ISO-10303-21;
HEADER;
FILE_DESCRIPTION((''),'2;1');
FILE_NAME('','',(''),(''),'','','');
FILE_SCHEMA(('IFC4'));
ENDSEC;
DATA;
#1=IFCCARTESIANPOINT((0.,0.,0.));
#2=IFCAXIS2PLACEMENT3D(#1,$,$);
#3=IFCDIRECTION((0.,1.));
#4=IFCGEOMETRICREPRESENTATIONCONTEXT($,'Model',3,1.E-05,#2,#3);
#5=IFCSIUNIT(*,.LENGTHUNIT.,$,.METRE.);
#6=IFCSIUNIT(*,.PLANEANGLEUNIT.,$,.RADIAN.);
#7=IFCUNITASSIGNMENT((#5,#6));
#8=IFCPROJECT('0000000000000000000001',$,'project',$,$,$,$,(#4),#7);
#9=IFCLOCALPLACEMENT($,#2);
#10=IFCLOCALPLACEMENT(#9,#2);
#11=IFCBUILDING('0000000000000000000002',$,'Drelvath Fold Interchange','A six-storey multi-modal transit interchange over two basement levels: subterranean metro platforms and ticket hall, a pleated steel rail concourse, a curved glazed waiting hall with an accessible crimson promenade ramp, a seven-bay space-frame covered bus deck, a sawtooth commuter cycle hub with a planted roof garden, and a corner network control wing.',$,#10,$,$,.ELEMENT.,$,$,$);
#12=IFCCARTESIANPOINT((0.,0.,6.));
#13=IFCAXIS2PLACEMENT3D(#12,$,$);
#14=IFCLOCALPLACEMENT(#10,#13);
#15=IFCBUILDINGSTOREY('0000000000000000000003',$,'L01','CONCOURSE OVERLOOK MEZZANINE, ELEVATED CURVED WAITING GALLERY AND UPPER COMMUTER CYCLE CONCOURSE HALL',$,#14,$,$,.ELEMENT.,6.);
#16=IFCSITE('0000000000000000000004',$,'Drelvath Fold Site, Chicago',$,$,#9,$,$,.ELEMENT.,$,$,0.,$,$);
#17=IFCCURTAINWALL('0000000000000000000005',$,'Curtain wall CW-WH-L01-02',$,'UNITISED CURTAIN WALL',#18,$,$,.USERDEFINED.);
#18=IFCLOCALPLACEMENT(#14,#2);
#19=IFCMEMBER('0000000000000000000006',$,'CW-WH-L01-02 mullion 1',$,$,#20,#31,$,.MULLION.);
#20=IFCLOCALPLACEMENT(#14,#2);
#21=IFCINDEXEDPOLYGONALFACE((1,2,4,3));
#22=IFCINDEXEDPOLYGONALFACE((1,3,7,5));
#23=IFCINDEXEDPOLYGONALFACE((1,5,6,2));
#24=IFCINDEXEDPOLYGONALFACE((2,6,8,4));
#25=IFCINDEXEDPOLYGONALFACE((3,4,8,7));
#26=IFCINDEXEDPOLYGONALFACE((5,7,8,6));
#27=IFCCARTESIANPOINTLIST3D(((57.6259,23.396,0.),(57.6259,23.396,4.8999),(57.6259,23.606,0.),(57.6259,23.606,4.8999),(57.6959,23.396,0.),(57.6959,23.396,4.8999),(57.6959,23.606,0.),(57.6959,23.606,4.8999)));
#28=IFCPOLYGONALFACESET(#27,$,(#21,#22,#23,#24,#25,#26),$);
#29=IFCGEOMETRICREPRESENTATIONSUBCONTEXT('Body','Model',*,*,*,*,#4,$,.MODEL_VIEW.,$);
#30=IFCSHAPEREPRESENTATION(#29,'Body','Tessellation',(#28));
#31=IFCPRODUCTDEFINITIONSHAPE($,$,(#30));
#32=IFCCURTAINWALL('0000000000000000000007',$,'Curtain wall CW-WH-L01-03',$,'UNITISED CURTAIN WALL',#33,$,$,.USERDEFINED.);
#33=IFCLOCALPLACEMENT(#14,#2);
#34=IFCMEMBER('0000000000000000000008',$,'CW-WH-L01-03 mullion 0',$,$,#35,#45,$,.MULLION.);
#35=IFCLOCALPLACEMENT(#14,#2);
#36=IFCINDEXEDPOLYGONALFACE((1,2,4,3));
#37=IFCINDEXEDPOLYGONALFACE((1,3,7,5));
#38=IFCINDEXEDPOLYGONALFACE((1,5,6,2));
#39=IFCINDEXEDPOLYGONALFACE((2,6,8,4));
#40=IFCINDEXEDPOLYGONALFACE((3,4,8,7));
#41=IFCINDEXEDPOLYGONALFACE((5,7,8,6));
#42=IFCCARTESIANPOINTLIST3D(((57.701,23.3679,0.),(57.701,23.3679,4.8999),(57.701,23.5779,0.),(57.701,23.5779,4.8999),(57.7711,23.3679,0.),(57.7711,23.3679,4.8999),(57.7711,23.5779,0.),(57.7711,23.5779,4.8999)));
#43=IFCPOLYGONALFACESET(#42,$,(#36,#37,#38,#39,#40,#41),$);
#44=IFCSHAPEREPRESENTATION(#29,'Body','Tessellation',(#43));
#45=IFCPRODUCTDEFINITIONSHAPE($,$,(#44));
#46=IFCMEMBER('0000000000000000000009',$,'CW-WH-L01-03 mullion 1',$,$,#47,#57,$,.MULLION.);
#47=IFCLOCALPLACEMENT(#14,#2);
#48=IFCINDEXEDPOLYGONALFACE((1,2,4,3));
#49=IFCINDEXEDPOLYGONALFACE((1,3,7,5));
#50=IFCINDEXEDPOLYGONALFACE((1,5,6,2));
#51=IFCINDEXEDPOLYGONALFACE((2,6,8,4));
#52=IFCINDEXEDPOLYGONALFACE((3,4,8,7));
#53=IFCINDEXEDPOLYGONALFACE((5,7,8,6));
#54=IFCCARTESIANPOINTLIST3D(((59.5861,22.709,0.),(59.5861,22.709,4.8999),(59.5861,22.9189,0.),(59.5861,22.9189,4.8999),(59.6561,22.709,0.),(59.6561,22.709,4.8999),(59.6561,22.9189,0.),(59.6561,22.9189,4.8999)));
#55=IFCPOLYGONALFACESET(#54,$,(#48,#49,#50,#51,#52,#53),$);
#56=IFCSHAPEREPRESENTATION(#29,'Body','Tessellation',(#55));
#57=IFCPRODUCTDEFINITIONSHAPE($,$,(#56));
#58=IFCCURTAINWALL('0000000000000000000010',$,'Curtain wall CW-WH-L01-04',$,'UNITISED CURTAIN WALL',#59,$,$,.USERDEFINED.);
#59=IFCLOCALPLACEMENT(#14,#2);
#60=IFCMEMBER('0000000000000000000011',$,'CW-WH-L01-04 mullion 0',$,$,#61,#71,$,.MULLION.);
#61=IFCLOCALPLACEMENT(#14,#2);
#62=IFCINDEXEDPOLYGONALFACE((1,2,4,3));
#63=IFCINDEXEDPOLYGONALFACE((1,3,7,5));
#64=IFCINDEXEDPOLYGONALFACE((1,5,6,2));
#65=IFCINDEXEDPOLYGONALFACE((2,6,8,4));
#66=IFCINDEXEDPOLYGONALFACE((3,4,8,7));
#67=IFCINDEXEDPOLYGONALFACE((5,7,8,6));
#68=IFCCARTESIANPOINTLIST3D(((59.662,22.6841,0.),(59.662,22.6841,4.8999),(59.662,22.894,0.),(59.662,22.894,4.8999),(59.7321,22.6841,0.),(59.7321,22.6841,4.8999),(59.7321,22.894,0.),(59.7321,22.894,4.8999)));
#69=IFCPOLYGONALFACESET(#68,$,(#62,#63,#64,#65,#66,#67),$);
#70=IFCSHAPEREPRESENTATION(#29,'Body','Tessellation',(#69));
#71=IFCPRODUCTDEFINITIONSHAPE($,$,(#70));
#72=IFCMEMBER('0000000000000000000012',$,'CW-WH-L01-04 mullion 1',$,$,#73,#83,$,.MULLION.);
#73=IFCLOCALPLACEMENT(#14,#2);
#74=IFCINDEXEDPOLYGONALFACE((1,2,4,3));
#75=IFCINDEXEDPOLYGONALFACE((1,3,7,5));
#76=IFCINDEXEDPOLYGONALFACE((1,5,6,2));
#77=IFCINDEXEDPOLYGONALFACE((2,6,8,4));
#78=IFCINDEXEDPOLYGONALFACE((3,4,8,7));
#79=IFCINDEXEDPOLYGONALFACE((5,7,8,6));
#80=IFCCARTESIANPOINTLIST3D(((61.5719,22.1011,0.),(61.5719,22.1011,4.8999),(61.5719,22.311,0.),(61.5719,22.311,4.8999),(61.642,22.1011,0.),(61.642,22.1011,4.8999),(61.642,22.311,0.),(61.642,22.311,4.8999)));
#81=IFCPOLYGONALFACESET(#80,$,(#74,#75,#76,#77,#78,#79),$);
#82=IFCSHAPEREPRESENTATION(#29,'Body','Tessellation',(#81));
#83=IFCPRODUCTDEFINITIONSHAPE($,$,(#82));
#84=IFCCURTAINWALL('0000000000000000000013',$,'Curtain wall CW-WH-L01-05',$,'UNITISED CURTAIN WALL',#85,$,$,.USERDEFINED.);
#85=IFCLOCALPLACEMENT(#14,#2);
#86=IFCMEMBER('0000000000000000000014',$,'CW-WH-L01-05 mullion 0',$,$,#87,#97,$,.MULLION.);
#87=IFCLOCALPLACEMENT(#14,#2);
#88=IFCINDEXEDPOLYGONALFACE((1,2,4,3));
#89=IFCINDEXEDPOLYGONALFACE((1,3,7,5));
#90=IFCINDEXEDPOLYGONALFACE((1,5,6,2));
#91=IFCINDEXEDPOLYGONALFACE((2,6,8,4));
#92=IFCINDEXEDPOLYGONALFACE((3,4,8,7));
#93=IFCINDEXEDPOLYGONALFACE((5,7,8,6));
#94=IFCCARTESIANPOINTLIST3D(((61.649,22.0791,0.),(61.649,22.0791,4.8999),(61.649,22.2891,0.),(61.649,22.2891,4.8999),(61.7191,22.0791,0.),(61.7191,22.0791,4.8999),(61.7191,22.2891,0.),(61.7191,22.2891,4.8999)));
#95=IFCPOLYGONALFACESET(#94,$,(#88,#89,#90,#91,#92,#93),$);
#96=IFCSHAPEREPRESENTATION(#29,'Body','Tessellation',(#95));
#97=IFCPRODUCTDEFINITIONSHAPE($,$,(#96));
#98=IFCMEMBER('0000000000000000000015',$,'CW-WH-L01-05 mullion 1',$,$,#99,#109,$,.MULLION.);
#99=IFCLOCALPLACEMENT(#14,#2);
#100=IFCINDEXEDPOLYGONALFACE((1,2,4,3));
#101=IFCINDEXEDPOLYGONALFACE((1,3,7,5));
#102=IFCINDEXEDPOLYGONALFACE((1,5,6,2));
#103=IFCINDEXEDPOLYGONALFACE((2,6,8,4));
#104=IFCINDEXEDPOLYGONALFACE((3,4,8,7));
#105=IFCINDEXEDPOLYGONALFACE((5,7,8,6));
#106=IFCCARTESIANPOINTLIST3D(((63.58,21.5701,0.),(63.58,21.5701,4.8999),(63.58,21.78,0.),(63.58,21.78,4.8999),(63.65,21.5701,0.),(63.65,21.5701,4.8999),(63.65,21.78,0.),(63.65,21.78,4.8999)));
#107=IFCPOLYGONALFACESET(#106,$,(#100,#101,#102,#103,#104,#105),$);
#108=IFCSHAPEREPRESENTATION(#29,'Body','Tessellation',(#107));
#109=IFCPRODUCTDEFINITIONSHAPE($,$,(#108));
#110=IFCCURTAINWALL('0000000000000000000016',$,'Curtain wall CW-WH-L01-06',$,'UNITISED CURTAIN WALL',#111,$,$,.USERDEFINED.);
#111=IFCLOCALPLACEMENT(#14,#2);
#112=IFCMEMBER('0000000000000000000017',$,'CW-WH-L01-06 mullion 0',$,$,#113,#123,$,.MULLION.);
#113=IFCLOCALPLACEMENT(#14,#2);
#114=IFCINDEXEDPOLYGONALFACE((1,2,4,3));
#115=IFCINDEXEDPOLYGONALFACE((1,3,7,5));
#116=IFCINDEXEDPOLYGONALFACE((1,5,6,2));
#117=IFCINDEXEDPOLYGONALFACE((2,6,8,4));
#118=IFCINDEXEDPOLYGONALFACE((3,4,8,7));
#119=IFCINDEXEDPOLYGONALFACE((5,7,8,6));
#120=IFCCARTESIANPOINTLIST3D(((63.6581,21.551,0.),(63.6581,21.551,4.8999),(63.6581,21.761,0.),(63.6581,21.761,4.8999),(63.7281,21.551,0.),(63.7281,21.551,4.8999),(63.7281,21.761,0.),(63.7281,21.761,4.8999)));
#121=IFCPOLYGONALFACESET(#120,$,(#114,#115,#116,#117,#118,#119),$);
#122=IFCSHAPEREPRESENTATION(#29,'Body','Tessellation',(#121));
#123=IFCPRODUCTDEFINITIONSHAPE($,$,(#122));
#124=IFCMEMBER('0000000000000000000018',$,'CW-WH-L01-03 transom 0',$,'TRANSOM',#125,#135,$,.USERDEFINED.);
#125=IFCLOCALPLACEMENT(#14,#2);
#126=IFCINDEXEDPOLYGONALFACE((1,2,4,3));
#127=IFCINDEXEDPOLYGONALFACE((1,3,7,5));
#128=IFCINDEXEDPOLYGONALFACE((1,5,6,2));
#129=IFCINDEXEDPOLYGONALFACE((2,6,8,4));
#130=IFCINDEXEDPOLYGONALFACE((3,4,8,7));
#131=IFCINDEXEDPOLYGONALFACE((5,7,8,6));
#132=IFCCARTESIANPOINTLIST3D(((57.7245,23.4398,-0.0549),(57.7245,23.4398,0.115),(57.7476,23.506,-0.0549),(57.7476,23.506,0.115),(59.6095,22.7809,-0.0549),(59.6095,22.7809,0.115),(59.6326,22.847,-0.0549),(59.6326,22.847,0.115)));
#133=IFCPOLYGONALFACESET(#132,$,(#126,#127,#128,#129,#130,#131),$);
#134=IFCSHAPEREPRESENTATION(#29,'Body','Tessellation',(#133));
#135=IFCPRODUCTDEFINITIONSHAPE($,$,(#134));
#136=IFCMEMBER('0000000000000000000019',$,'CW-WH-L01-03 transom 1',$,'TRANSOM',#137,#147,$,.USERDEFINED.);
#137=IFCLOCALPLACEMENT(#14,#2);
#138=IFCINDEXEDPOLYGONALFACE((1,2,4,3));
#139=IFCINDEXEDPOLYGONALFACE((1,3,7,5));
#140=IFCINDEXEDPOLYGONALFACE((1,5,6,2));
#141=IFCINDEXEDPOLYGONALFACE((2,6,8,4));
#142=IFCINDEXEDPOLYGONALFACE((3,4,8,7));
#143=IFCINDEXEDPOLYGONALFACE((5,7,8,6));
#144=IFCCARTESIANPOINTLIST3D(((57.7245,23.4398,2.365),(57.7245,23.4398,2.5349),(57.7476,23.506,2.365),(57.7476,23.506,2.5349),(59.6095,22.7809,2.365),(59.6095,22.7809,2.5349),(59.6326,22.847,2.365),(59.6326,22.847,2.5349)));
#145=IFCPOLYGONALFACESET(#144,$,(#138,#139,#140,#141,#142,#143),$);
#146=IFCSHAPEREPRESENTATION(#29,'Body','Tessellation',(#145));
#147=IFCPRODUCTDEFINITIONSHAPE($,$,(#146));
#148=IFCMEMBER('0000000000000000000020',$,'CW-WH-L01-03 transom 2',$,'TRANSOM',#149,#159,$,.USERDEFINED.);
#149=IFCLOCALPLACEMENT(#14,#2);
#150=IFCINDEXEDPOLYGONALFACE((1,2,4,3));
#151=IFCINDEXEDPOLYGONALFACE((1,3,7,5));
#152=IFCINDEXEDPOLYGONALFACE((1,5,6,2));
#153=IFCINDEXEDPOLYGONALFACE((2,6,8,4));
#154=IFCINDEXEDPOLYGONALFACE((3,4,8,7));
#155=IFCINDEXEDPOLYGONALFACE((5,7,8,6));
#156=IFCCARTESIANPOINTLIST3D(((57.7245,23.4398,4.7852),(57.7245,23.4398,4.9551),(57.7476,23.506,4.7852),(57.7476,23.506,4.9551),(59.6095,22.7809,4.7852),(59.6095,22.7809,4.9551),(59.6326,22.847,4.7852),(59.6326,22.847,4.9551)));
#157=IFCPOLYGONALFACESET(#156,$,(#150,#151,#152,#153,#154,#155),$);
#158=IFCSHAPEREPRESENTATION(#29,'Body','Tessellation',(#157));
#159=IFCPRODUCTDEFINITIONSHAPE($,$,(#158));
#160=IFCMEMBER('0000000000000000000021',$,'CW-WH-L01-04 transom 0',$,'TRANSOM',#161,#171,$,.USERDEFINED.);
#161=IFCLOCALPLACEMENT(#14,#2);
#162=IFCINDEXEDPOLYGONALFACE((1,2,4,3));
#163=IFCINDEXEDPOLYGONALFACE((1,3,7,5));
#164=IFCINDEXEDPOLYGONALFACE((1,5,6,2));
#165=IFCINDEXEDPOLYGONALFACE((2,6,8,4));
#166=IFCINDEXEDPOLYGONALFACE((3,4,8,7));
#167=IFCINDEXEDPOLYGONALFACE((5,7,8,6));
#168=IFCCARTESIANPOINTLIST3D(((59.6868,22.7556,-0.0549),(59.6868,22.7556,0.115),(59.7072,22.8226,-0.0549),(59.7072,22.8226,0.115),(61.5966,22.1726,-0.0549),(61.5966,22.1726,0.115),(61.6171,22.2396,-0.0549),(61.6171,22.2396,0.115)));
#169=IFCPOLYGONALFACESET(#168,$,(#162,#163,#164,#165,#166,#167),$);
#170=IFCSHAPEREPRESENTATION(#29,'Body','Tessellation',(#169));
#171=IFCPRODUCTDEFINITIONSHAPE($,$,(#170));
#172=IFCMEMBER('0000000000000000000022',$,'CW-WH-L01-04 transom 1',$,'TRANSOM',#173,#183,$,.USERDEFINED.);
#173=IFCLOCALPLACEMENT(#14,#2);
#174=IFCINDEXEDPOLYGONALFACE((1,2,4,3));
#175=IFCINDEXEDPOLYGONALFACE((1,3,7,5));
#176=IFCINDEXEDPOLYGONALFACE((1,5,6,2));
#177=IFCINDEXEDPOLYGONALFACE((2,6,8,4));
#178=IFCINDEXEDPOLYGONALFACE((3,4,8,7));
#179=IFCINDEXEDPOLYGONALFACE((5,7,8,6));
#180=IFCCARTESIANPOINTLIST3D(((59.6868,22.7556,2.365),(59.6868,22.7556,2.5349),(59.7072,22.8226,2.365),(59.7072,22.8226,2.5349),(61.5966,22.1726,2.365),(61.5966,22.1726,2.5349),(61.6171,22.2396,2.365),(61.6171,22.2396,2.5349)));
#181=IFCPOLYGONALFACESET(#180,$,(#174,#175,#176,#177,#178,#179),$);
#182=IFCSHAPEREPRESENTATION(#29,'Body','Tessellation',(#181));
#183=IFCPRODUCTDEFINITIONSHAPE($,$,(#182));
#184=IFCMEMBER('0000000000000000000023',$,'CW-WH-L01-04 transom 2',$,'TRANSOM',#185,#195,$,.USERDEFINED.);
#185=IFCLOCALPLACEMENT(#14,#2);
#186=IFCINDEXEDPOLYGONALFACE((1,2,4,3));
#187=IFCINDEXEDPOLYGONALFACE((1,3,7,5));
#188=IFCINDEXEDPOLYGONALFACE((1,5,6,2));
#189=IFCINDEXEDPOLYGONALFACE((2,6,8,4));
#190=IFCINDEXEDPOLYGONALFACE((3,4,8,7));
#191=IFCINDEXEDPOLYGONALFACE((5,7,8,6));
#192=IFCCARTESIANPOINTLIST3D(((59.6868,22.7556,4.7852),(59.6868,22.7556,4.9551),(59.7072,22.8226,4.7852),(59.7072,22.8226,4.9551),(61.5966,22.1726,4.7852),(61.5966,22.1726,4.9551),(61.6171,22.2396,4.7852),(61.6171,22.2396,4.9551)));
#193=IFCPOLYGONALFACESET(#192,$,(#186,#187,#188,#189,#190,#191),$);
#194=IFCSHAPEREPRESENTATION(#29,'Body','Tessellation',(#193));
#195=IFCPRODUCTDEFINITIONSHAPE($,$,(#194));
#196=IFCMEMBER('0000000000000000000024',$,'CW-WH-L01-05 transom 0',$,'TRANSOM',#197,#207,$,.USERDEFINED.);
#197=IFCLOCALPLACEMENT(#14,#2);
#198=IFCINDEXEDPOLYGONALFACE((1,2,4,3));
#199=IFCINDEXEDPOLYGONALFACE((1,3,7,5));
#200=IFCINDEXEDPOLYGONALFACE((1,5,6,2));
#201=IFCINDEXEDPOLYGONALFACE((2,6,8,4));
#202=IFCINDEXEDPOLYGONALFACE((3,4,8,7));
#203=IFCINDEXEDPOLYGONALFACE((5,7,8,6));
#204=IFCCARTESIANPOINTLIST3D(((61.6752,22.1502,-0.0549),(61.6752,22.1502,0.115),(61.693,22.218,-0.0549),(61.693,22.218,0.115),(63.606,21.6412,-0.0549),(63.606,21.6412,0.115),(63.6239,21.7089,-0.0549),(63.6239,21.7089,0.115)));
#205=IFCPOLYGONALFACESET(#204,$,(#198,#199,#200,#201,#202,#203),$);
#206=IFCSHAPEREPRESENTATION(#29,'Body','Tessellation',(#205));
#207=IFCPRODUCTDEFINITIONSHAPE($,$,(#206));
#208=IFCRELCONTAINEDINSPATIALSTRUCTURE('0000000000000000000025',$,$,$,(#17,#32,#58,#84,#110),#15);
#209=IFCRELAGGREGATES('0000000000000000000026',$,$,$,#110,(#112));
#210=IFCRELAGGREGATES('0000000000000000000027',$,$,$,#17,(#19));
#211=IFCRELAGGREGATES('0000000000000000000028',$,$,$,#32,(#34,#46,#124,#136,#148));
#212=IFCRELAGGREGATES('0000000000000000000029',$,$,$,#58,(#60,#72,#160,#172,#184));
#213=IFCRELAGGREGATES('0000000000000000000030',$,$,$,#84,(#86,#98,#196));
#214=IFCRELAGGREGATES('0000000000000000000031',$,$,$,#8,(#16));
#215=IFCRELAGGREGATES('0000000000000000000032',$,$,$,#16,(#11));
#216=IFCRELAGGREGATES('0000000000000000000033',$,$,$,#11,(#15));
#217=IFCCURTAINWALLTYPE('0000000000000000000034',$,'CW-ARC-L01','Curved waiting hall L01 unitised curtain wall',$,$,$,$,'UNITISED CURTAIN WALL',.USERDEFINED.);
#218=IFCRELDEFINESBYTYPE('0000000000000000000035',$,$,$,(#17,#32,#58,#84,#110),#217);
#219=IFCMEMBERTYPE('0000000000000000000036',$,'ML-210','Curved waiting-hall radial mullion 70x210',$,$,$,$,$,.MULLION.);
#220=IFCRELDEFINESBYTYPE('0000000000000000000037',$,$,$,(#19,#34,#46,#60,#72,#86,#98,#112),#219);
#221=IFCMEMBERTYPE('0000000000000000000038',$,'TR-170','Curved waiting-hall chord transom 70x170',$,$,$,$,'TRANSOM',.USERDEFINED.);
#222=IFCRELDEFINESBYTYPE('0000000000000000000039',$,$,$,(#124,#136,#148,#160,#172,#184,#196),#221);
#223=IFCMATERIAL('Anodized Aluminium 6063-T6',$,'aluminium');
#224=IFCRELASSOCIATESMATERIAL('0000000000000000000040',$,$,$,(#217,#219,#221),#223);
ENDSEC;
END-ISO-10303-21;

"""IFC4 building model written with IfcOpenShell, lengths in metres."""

from ifc_helpers import new_model, si_unit, direction, frame, origin, origin_2d, place, context, subcontext, project, spatial, rectangle, extrude, material, material_profile, profile_set, type_object, element, aggregate, save


model = new_model("IFC4")

# Units and contexts
model_context = context("Model", 3, precision=1e-05, world=origin(), true_north=direction((0.0, 1.0)))
body_context = subcontext(model_context, "Body", "Model", "MODEL_VIEW")
ifc_project = project(units=[si_unit("LENGTHUNIT", "METRE"), si_unit("PLANEANGLEUNIT", "RADIAN")], contexts=[model_context])

# Site, building, storey
site_placement = place(None, origin())
site = spatial("IfcSite", under=ifc_project, at=site_placement, Name="Drelvath Fold Site, Chicago", CompositionType="ELEMENT", RefElevation=0.0)
building_placement = place(site_placement, origin())
building = spatial("IfcBuilding", under=site, at=building_placement, Name="Drelvath Fold Interchange", Description="A six-storey multi-modal transit interchange over two basement levels: subterranean metro platforms and ticket hall, a pleated steel rail concourse, a curved glazed waiting hall with an accessible crimson promenade ramp, a seven-bay space-frame covered bus deck, a sawtooth commuter cycle hub with a planted roof garden, and a corner network control wing.", CompositionType="ELEMENT")
storey_placement = place(building_placement, frame((0.0, 0.0, 6.0)))
storey = spatial("IfcBuildingStorey", under=building, at=storey_placement, Name="L01", Description="CONCOURSE OVERLOOK MEZZANINE, ELEVATED CURVED WAITING GALLERY AND UPPER COMMUTER CYCLE CONCOURSE HALL", CompositionType="ELEMENT", Elevation=6.0)

# Curtain wall, member
ifc_material_1 = material(Name="Anodized Aluminium 6063-T6", Category="aluminium")
curtain_wall_type = type_object("IfcCurtainWallType", Name="CW-ARC-L01", Description="Curved waiting hall L01 unitised curtain wall", ElementType="UNITISED CURTAIN WALL", PredefinedType="USERDEFINED", material=ifc_material_1)
curtain_wall_1_placement = place(storey_placement, origin())
curtain_wall_1 = element("IfcCurtainWall", 1, at=curtain_wall_1_placement, inside=storey, type_object=curtain_wall_type, Name="Curtain wall CW-WH-L01-02", ObjectType="UNITISED CURTAIN WALL", PredefinedType="USERDEFINED")
ifc_material_profile_1 = material_profile(ifc_material_1, rectangle(XDim=0.0701, YDim=0.21, at=origin_2d()), Name="AL-M 70x210")
ifc_profile_set_1 = profile_set([ifc_material_profile_1], Name="Anodized Aluminium 6063-T6")
member_type_1 = type_object("IfcMemberType", Name="ML-210", Description="Curved waiting-hall radial mullion 70x210", PredefinedType="MULLION", material=ifc_profile_set_1)
member_1_placement = place(storey_placement, frame((57.6609, 23.501, 0.0), z_axis=(0.0, 0.0, 1.0), x_axis=(1.0, 0.0, 0.0)))
member_1 = element("IfcMember", 2, at=member_1_placement, type_object=member_type_1, Name="CW-WH-L01-02 mullion 1", PredefinedType="MULLION", context=body_context, shape_type="SweptSolid", body=[
    extrude(rectangle(XDim=0.0701, YDim=0.21, at=origin_2d()), origin(), (0.0, 0.0, 1.0), 4.8999),
])

# Curtain walls, members
curtain_wall_2_placement = place(storey_placement, origin())
curtain_wall_2 = element("IfcCurtainWall", 3, at=curtain_wall_2_placement, inside=storey, type_object=curtain_wall_type, Name="Curtain wall CW-WH-L01-03", ObjectType="UNITISED CURTAIN WALL", PredefinedType="USERDEFINED")
member_2_placement = place(storey_placement, frame((57.7361, 23.4729, 0.0), z_axis=(0.0, 0.0, 1.0), x_axis=(1.0, 0.0, 0.0)))
member_2 = element("IfcMember", 4, at=member_2_placement, type_object=member_type_1, Name="CW-WH-L01-03 mullion 0", PredefinedType="MULLION", context=body_context, shape_type="SweptSolid", body=[
    extrude(rectangle(XDim=0.0701, YDim=0.21, at=origin_2d()), origin(), (0.0, 0.0, 1.0), 4.8999),
])
member_3_placement = place(storey_placement, frame((59.6211, 22.814, 0.0), z_axis=(0.0, 0.0, 1.0), x_axis=(1.0, 0.0, 0.0)))
member_3 = element("IfcMember", 5, at=member_3_placement, type_object=member_type_1, Name="CW-WH-L01-03 mullion 1", PredefinedType="MULLION", context=body_context, shape_type="SweptSolid", body=[
    extrude(rectangle(XDim=0.0701, YDim=0.21, at=origin_2d()), origin(), (0.0, 0.0, 1.0), 4.8999),
])
curtain_wall_3_placement = place(storey_placement, origin())
curtain_wall_3 = element("IfcCurtainWall", 6, at=curtain_wall_3_placement, inside=storey, type_object=curtain_wall_type, Name="Curtain wall CW-WH-L01-04", ObjectType="UNITISED CURTAIN WALL", PredefinedType="USERDEFINED")
member_4_placement = place(storey_placement, frame((59.697, 22.7891, 0.0), z_axis=(0.0, 0.0, 1.0), x_axis=(1.0, 0.0, 0.0)))
member_4 = element("IfcMember", 7, at=member_4_placement, type_object=member_type_1, Name="CW-WH-L01-04 mullion 0", PredefinedType="MULLION", context=body_context, shape_type="SweptSolid", body=[
    extrude(rectangle(XDim=0.0701, YDim=0.21, at=origin_2d()), origin(), (0.0, 0.0, 1.0), 4.8999),
])
member_5_placement = place(storey_placement, frame((61.6069, 22.2061, 0.0), z_axis=(0.0, 0.0, 1.0), x_axis=(1.0, 0.0, 0.0)))
member_5 = element("IfcMember", 8, at=member_5_placement, type_object=member_type_1, Name="CW-WH-L01-04 mullion 1", PredefinedType="MULLION", context=body_context, shape_type="SweptSolid", body=[
    extrude(rectangle(XDim=0.0701, YDim=0.21, at=origin_2d()), origin(), (0.0, 0.0, 1.0), 4.8999),
])
curtain_wall_4_placement = place(storey_placement, origin())
curtain_wall_4 = element("IfcCurtainWall", 9, at=curtain_wall_4_placement, inside=storey, type_object=curtain_wall_type, Name="Curtain wall CW-WH-L01-05", ObjectType="UNITISED CURTAIN WALL", PredefinedType="USERDEFINED")
member_6_placement = place(storey_placement, frame((61.6841, 22.1841, 0.0), z_axis=(0.0, 0.0, 1.0), x_axis=(1.0, 0.0, 0.0)))
member_6 = element("IfcMember", 10, at=member_6_placement, type_object=member_type_1, Name="CW-WH-L01-05 mullion 0", PredefinedType="MULLION", context=body_context, shape_type="SweptSolid", body=[
    extrude(rectangle(XDim=0.0701, YDim=0.21, at=origin_2d()), origin(), (0.0, 0.0, 1.0), 4.8999),
])
member_7_placement = place(storey_placement, frame((63.615, 21.675, 0.0), z_axis=(0.0, 0.0, 1.0), x_axis=(1.0, 0.0, 0.0)))
member_7 = element("IfcMember", 11, at=member_7_placement, type_object=member_type_1, Name="CW-WH-L01-05 mullion 1", PredefinedType="MULLION", context=body_context, shape_type="SweptSolid", body=[
    extrude(rectangle(XDim=0.0701, YDim=0.21, at=origin_2d()), origin(), (0.0, 0.0, 1.0), 4.8999),
])

# Curtain wall, member
curtain_wall_5_placement = place(storey_placement, origin())
curtain_wall_5 = element("IfcCurtainWall", 12, at=curtain_wall_5_placement, inside=storey, type_object=curtain_wall_type, Name="Curtain wall CW-WH-L01-06", ObjectType="UNITISED CURTAIN WALL", PredefinedType="USERDEFINED")
member_8_placement = place(storey_placement, frame((63.6931, 21.656, 0.0), z_axis=(0.0, 0.0, 1.0), x_axis=(1.0, 0.0, 0.0)))
member_8 = element("IfcMember", 13, at=member_8_placement, type_object=member_type_1, Name="CW-WH-L01-06 mullion 0", PredefinedType="MULLION", context=body_context, shape_type="SweptSolid", body=[
    extrude(rectangle(XDim=0.0701, YDim=0.21, at=origin_2d()), origin(), (0.0, 0.0, 1.0), 4.8999),
])

# Members
ifc_material_profile_2 = material_profile(ifc_material_1, rectangle(XDim=0.0701, YDim=0.1699, at=origin_2d()), Name="AL-T 70x170")
ifc_profile_set_2 = profile_set([ifc_material_profile_2], Name="Anodized Aluminium 6063-T6")
member_type_2 = type_object("IfcMemberType", Name="TR-170", Description="Curved waiting-hall chord transom 70x170", ElementType="TRANSOM", PredefinedType="USERDEFINED", material=ifc_profile_set_2)
member_9_placement = place(storey_placement, frame((57.7361, 23.4729, 0.03), z_axis=(0.943986, -0.329986, 0.0), x_axis=(0.329986, 0.943986, 0.0)))
member_9 = element("IfcMember", 14, at=member_9_placement, type_object=member_type_2, Name="CW-WH-L01-03 transom 0", ObjectType="TRANSOM", PredefinedType="USERDEFINED", context=body_context, shape_type="SweptSolid", body=[
    extrude(rectangle(XDim=0.0701, YDim=0.1699, at=origin_2d()), origin(), (0.0, 0.0, 1.0), 1.9968),
])
member_10_placement = place(storey_placement, frame((57.7361, 23.4729, 2.45), z_axis=(0.943986, -0.329986, 0.0), x_axis=(0.329986, 0.943986, 0.0)))
member_10 = element("IfcMember", 15, at=member_10_placement, type_object=member_type_2, Name="CW-WH-L01-03 transom 1", ObjectType="TRANSOM", PredefinedType="USERDEFINED", context=body_context, shape_type="SweptSolid", body=[
    extrude(rectangle(XDim=0.0701, YDim=0.1699, at=origin_2d()), origin(), (0.0, 0.0, 1.0), 1.9968),
])
member_11_placement = place(storey_placement, frame((57.7361, 23.4729, 4.8701), z_axis=(0.943986, -0.329986, 0.0), x_axis=(0.329986, 0.943986, 0.0)))
member_11 = element("IfcMember", 16, at=member_11_placement, type_object=member_type_2, Name="CW-WH-L01-03 transom 2", ObjectType="TRANSOM", PredefinedType="USERDEFINED", context=body_context, shape_type="SweptSolid", body=[
    extrude(rectangle(XDim=0.0701, YDim=0.1699, at=origin_2d()), origin(), (0.0, 0.0, 1.0), 1.9968),
])
member_12_placement = place(storey_placement, frame((59.697, 22.7891, 0.03), z_axis=(0.956432, -0.291955, 0.0), x_axis=(0.291955, 0.956432, 0.0)))
member_12 = element("IfcMember", 17, at=member_12_placement, type_object=member_type_2, Name="CW-WH-L01-04 transom 0", ObjectType="TRANSOM", PredefinedType="USERDEFINED", context=body_context, shape_type="SweptSolid", body=[
    extrude(rectangle(XDim=0.0701, YDim=0.1699, at=origin_2d()), origin(), (0.0, 0.0, 1.0), 1.9968),
])
member_13_placement = place(storey_placement, frame((59.697, 22.7891, 2.45), z_axis=(0.956432, -0.291955, 0.0), x_axis=(0.291955, 0.956432, 0.0)))
member_13 = element("IfcMember", 18, at=member_13_placement, type_object=member_type_2, Name="CW-WH-L01-04 transom 1", ObjectType="TRANSOM", PredefinedType="USERDEFINED", context=body_context, shape_type="SweptSolid", body=[
    extrude(rectangle(XDim=0.0701, YDim=0.1699, at=origin_2d()), origin(), (0.0, 0.0, 1.0), 1.9968),
])
member_14_placement = place(storey_placement, frame((59.697, 22.7891, 4.8701), z_axis=(0.956432, -0.291955, 0.0), x_axis=(0.291955, 0.956432, 0.0)))
member_14 = element("IfcMember", 19, at=member_14_placement, type_object=member_type_2, Name="CW-WH-L01-04 transom 2", ObjectType="TRANSOM", PredefinedType="USERDEFINED", context=body_context, shape_type="SweptSolid", body=[
    extrude(rectangle(XDim=0.0701, YDim=0.1699, at=origin_2d()), origin(), (0.0, 0.0, 1.0), 1.9968),
])
member_15_placement = place(storey_placement, frame((61.6841, 22.1841, 0.03), z_axis=(0.966964, -0.254915, 0.0), x_axis=(0.254915, 0.966964, 0.0)))
member_15 = element("IfcMember", 20, at=member_15_placement, type_object=member_type_2, Name="CW-WH-L01-05 transom 0", ObjectType="TRANSOM", PredefinedType="USERDEFINED", context=body_context, shape_type="SweptSolid", body=[
    extrude(rectangle(XDim=0.0701, YDim=0.1699, at=origin_2d()), origin(), (0.0, 0.0, 1.0), 1.9968),
])
aggregate(curtain_wall_5, [member_8])

aggregate(curtain_wall_1, [member_1])
aggregate(curtain_wall_2, [member_2, member_3, member_9, member_10, member_11])
aggregate(curtain_wall_3, [member_4, member_5, member_12, member_13, member_14])
aggregate(curtain_wall_4, [member_6, member_7, member_15])

save(model, "model.ifc")
